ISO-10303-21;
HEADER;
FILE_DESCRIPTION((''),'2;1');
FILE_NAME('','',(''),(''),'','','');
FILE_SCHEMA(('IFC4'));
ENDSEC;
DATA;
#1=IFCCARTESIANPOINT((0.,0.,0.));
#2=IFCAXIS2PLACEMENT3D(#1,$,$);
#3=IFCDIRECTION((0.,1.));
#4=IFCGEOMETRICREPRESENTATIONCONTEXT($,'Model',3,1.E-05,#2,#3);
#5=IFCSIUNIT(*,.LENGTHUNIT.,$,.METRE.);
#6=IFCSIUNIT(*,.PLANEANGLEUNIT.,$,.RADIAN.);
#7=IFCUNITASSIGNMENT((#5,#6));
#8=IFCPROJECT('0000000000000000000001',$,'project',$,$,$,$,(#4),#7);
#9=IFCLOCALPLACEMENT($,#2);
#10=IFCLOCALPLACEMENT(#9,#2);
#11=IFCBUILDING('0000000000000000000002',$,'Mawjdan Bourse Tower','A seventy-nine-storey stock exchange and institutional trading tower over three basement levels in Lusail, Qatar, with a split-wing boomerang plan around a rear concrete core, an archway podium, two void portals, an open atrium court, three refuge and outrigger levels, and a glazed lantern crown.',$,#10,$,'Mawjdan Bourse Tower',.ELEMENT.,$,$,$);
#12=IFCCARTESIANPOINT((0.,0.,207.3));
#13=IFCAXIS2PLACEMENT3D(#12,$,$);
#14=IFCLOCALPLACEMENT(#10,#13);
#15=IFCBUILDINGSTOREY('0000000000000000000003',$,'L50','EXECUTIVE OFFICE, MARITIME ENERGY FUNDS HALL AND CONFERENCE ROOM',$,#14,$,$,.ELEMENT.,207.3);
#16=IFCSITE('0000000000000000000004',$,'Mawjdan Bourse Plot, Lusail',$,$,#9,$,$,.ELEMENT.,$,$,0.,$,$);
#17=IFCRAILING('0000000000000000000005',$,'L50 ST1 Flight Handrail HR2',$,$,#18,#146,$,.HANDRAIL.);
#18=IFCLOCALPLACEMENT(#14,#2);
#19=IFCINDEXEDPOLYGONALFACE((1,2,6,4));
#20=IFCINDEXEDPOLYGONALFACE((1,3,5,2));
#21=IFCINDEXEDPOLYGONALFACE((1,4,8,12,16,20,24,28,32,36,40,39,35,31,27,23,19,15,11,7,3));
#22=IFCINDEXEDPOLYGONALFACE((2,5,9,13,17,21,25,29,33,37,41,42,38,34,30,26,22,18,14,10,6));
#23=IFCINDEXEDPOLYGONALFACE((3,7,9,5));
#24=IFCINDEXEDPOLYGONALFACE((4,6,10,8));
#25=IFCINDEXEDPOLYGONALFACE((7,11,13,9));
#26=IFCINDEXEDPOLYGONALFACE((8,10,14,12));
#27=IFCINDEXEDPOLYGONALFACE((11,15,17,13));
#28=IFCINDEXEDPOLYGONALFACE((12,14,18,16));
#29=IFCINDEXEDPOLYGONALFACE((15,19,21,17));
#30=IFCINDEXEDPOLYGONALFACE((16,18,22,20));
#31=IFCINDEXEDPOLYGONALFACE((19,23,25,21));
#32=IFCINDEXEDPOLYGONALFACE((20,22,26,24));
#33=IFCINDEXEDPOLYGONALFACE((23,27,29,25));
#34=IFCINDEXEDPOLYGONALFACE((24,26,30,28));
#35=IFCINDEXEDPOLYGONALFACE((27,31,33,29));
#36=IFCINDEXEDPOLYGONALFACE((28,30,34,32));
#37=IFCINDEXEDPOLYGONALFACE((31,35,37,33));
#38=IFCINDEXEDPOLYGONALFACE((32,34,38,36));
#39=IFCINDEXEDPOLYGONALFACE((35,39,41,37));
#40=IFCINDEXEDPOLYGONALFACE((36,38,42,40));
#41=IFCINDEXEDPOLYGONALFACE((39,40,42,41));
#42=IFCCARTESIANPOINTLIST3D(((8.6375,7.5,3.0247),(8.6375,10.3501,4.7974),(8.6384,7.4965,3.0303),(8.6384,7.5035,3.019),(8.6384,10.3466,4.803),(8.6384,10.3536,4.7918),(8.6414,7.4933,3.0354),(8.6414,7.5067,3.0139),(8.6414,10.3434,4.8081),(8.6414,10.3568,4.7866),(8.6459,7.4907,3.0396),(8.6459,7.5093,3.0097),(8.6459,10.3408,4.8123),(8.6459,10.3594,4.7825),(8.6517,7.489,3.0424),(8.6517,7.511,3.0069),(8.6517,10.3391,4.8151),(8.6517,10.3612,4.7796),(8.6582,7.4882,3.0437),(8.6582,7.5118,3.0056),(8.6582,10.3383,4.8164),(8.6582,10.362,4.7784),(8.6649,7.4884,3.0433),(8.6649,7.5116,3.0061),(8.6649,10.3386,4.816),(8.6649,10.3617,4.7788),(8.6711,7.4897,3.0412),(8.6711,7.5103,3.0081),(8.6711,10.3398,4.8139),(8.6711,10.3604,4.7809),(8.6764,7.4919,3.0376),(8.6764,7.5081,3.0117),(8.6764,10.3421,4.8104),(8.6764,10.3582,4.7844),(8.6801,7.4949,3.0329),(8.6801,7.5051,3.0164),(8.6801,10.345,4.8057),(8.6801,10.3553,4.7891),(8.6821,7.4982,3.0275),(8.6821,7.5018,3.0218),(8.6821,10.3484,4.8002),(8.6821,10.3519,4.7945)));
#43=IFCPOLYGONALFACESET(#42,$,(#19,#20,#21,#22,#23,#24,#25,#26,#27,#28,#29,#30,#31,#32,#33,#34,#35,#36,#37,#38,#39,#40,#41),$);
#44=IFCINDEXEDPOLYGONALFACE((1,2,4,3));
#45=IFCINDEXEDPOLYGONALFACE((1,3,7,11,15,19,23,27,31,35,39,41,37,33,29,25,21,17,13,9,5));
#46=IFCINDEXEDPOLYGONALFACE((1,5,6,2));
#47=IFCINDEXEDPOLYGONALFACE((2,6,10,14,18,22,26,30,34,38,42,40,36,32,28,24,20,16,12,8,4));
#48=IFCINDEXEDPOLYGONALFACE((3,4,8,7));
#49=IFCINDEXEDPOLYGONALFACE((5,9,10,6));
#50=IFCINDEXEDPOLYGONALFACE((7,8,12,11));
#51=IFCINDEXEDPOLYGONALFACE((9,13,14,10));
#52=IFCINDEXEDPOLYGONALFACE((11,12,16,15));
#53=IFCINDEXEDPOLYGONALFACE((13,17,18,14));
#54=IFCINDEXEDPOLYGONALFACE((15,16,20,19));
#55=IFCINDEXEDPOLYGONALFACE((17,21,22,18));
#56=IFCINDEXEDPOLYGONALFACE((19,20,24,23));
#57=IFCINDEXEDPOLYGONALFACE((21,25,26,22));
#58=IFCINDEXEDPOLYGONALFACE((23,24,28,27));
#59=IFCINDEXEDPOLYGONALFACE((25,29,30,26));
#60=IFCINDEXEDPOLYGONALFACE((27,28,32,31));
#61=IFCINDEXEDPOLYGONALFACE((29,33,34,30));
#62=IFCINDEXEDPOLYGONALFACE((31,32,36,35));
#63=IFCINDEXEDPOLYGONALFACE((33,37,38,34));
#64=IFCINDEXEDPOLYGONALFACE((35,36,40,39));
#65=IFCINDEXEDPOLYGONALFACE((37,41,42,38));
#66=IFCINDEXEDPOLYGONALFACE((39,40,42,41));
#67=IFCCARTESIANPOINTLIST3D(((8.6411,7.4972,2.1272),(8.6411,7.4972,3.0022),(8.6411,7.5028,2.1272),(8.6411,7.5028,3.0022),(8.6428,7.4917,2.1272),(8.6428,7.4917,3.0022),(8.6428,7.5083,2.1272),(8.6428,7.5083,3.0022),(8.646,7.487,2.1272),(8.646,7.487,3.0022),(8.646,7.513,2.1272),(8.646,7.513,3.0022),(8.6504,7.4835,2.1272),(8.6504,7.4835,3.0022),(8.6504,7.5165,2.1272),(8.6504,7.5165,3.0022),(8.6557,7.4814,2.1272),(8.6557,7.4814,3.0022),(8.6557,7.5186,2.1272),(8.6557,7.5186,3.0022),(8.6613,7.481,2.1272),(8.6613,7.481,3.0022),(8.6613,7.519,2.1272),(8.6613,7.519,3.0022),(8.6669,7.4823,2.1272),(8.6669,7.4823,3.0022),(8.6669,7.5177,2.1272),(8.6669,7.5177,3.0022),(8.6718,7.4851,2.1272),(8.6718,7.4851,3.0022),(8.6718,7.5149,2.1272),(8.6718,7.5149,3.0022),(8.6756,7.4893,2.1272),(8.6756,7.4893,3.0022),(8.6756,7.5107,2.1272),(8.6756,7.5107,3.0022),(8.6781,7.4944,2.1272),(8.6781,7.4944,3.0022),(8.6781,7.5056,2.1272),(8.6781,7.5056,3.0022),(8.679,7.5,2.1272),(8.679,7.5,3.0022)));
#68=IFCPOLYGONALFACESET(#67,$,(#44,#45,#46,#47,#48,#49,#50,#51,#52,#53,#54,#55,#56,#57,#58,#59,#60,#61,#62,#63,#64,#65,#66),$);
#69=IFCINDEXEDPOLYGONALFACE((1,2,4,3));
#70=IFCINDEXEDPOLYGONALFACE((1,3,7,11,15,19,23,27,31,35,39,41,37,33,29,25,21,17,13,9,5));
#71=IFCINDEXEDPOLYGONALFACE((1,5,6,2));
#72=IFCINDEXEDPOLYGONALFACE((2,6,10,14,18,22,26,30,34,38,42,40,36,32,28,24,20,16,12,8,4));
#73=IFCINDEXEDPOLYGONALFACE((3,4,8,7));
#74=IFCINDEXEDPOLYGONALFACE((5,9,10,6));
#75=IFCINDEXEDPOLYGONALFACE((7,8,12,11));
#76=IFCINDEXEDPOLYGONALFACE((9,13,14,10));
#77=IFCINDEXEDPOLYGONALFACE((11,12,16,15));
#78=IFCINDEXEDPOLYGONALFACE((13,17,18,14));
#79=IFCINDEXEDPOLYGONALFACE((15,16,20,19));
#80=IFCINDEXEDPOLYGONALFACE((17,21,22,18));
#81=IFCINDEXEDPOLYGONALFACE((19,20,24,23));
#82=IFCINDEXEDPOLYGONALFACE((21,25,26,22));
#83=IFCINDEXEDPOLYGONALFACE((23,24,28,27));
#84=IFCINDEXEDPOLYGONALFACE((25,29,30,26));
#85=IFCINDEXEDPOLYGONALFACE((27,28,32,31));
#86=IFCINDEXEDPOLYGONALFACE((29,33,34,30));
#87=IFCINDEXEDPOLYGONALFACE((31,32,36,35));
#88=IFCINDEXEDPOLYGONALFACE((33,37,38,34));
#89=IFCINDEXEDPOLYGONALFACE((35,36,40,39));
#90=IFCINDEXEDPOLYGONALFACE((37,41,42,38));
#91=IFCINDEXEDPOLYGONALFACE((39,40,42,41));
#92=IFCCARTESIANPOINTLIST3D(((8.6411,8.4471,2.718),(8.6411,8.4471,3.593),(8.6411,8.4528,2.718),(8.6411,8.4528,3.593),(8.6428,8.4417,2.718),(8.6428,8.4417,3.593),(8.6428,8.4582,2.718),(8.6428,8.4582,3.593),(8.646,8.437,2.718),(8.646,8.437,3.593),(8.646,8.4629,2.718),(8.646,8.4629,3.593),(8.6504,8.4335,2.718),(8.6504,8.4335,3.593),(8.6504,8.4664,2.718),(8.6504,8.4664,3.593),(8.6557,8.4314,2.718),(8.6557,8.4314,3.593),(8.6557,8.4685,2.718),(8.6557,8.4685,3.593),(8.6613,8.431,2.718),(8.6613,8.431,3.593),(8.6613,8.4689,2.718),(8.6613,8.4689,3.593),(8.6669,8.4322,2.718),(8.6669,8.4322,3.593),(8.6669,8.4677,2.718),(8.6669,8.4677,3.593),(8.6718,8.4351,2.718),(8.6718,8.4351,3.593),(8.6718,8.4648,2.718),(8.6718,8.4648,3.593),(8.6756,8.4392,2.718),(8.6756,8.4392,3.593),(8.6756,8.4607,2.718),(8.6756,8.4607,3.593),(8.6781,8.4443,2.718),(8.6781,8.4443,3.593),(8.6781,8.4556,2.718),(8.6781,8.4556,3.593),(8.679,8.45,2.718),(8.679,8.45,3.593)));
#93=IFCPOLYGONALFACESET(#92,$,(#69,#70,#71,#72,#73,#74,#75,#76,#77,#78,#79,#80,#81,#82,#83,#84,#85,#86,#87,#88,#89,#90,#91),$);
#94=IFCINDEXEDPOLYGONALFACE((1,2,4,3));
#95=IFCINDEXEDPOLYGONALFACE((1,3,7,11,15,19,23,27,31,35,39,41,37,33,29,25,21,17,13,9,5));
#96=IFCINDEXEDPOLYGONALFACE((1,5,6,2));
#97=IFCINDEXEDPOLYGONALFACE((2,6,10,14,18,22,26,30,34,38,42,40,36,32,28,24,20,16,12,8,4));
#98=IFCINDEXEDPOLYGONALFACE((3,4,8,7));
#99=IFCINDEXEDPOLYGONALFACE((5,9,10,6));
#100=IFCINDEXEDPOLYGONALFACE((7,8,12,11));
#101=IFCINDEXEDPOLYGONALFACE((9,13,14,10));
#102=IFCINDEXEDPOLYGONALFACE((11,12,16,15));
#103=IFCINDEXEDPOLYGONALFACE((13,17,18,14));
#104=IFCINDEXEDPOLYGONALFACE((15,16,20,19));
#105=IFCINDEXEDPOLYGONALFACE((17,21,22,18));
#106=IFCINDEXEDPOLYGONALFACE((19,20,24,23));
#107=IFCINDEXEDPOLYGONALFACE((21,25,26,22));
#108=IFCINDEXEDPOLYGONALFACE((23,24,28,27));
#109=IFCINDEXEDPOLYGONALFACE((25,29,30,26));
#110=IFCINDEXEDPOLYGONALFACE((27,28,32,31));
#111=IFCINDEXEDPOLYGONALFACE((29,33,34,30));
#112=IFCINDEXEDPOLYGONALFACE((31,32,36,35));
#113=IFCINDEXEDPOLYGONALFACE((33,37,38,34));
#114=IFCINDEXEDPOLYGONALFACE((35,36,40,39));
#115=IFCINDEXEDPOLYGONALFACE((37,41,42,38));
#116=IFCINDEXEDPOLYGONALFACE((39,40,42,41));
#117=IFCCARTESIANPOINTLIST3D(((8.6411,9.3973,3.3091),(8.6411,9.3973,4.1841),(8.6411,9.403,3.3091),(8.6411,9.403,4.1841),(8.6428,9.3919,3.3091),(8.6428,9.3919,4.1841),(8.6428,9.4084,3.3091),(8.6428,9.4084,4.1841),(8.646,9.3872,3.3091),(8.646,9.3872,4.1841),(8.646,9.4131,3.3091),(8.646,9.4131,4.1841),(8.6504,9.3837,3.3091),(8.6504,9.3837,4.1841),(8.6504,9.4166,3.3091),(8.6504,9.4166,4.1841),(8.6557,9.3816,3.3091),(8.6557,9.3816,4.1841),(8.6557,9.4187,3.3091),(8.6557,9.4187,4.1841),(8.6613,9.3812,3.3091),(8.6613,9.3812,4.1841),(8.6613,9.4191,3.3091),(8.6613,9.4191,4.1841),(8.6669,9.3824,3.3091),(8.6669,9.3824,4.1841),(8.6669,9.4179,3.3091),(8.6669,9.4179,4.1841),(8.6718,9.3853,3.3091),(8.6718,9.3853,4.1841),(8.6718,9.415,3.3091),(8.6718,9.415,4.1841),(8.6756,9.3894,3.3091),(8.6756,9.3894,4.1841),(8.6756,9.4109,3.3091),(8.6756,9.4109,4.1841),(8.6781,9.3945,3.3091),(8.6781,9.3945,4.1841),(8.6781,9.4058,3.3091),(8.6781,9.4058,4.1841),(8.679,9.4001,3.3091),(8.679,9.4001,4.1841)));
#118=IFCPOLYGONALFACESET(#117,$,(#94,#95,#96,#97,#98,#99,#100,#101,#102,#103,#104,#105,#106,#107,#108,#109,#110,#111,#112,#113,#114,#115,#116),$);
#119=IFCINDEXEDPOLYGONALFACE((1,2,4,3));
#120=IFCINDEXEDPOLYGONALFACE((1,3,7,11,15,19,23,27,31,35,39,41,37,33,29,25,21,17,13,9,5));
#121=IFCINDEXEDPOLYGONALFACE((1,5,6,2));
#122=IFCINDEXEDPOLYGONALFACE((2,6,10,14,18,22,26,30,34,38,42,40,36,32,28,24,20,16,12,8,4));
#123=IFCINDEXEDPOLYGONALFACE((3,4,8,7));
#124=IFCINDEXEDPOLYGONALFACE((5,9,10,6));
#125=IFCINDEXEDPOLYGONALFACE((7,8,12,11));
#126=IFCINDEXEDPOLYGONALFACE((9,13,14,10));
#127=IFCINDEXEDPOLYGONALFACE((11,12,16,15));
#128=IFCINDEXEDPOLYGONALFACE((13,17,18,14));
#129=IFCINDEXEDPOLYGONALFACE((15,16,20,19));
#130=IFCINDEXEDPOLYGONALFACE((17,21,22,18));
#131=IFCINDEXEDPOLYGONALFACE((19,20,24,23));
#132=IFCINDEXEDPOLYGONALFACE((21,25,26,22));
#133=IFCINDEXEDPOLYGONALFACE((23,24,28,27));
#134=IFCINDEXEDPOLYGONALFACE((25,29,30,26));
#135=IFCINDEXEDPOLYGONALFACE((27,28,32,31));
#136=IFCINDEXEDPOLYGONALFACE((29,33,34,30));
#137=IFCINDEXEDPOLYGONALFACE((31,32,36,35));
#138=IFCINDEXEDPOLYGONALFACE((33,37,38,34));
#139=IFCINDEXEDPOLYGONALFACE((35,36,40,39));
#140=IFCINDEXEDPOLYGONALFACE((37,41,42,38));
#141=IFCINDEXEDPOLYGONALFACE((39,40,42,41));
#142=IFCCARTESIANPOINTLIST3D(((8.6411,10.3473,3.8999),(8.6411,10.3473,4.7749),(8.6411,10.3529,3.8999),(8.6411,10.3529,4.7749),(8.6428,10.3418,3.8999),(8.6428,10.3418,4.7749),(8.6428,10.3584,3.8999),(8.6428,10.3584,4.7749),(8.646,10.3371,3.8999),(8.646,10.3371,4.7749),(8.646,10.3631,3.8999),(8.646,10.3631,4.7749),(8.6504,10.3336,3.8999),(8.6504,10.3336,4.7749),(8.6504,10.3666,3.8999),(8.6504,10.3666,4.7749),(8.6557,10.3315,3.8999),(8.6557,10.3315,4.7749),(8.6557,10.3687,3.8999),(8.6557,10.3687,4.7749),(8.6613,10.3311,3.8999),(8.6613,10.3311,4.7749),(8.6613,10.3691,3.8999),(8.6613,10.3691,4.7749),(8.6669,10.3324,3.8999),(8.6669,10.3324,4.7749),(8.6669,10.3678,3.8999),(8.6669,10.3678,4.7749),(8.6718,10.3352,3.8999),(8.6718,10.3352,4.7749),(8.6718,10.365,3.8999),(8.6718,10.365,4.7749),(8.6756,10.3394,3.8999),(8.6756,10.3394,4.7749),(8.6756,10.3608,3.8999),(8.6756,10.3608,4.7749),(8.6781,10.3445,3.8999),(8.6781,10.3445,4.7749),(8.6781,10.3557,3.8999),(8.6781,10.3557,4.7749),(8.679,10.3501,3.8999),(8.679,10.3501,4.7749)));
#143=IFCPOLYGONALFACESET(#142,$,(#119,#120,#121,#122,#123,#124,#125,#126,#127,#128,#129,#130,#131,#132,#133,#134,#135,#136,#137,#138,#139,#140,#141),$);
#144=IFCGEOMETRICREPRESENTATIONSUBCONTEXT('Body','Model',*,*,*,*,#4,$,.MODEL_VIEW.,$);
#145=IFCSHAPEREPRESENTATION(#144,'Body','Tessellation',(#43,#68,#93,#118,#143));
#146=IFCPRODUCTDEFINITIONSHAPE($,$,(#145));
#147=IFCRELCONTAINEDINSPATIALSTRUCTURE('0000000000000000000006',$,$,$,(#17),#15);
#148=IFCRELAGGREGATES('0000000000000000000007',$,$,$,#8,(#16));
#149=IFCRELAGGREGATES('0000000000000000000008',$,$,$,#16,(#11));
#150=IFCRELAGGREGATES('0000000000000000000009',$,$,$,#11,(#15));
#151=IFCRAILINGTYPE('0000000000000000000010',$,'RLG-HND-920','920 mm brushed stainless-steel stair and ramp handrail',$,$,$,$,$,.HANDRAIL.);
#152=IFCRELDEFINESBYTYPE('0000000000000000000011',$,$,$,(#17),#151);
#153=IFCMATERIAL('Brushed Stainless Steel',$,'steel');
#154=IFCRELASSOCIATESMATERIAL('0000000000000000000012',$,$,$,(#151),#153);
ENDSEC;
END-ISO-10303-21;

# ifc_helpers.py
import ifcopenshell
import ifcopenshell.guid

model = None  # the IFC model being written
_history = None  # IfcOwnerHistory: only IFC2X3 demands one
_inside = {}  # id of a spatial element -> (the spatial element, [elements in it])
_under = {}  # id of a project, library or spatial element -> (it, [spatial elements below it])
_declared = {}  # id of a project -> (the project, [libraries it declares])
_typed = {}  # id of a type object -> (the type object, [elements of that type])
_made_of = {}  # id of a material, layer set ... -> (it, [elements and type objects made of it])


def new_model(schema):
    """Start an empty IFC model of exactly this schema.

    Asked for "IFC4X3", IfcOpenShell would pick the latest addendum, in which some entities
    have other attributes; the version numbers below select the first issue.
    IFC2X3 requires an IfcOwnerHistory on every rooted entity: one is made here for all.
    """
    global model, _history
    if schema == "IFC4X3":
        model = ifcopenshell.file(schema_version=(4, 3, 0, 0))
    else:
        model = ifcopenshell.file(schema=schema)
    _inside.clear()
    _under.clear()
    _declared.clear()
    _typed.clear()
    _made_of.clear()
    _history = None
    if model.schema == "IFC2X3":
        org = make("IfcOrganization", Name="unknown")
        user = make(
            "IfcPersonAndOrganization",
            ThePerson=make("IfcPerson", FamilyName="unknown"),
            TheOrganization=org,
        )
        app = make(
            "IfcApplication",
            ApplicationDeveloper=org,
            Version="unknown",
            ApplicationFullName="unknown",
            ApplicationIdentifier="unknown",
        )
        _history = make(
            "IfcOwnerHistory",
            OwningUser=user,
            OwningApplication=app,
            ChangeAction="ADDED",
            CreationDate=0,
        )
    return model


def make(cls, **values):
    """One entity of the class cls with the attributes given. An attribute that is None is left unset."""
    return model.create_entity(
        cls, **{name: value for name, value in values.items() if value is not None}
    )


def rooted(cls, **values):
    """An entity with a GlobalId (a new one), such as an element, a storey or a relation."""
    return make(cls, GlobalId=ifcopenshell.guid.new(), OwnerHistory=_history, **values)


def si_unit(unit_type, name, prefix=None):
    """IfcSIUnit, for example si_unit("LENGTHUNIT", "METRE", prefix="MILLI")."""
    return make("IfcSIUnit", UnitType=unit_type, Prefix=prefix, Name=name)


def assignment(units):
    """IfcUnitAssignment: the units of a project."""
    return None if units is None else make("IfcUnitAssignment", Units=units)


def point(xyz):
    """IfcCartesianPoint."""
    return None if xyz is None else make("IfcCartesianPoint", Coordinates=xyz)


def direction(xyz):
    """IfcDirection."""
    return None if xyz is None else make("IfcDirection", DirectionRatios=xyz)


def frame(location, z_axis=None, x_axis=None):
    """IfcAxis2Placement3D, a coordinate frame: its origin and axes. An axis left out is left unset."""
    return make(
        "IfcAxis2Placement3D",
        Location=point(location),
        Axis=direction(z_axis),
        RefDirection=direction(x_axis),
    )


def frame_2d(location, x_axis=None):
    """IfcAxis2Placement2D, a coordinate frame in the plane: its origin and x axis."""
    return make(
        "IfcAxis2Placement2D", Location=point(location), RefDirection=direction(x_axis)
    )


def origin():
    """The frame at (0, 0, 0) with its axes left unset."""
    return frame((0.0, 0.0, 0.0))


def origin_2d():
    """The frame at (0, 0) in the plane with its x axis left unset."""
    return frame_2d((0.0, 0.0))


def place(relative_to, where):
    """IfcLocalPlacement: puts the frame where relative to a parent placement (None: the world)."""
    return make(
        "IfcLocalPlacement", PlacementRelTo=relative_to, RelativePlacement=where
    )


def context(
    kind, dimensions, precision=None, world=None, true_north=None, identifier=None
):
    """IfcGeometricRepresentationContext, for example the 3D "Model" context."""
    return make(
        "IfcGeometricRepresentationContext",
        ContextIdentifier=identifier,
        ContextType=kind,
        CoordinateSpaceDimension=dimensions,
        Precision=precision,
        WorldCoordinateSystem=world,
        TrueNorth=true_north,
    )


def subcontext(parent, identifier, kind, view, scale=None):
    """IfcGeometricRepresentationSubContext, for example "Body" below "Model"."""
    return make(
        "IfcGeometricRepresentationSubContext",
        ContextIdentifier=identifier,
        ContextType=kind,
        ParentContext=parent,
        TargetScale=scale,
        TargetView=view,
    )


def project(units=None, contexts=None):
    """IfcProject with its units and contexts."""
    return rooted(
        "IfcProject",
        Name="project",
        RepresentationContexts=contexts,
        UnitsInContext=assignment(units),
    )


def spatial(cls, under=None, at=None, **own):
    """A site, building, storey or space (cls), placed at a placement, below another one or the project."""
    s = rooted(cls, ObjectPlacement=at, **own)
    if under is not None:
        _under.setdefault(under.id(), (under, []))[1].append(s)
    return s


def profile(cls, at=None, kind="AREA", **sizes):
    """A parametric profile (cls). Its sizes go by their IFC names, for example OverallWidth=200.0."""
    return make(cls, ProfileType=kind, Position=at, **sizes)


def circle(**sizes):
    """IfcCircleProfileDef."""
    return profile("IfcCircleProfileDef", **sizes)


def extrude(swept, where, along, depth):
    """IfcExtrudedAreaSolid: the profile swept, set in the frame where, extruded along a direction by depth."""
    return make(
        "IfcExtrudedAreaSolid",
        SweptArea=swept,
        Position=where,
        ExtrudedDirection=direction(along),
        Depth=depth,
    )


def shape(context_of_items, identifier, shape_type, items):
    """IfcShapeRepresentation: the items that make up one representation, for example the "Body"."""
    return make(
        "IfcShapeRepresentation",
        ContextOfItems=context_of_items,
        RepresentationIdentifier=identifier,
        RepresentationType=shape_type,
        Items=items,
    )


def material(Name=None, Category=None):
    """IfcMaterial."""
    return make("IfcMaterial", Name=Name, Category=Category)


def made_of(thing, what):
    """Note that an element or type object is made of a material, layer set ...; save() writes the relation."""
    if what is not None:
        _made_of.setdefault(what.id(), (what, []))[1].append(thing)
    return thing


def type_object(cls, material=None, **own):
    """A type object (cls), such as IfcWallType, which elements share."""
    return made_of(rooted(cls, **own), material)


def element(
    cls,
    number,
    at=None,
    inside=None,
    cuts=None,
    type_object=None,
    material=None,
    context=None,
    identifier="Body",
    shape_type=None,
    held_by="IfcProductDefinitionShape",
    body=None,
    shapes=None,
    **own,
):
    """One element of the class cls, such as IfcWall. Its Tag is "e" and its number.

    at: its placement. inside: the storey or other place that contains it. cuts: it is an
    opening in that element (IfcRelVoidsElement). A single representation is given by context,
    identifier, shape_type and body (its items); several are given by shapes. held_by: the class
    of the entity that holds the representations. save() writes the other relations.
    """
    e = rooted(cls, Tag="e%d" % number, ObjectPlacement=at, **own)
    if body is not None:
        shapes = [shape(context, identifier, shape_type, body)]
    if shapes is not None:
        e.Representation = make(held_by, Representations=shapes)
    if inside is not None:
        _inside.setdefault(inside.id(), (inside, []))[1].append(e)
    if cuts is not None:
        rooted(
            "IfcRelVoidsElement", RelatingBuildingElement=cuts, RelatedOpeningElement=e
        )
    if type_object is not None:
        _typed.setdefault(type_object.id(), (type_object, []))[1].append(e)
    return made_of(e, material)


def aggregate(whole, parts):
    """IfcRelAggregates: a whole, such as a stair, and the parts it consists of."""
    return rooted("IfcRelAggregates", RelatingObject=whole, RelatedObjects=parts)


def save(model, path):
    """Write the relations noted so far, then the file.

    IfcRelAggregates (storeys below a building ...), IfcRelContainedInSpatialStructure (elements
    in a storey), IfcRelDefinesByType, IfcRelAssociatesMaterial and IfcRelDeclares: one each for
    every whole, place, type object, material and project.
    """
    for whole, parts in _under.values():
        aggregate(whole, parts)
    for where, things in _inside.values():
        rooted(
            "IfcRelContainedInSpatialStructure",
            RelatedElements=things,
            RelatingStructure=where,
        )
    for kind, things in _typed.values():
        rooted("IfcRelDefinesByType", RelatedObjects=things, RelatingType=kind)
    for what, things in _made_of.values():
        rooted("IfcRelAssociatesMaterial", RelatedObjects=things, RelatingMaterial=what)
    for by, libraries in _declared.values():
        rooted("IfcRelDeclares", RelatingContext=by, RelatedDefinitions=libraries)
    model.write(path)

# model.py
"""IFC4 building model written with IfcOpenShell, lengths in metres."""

from ifc_helpers import new_model, si_unit, direction, frame, origin, origin_2d, place, context, subcontext, project, spatial, circle, extrude, material, type_object, element, save


model = new_model("IFC4")

# Units and contexts
model_context = context("Model", 3, precision=1e-05, world=origin(), true_north=direction((0.0, 1.0)))
body_context = subcontext(model_context, "Body", "Model", "MODEL_VIEW")
ifc_project = project(units=[si_unit("LENGTHUNIT", "METRE"), si_unit("PLANEANGLEUNIT", "RADIAN")], contexts=[model_context])

# Site, building, storey
site_placement = place(None, origin())
site = spatial("IfcSite", under=ifc_project, at=site_placement, Name="Mawjdan Bourse Plot, Lusail", CompositionType="ELEMENT", RefElevation=0.0)
building_placement = place(site_placement, origin())
building = spatial("IfcBuilding", under=site, at=building_placement, Name="Mawjdan Bourse Tower", Description="A seventy-nine-storey stock exchange and institutional trading tower over three basement levels in Lusail, Qatar, with a split-wing boomerang plan around a rear concrete core, an archway podium, two void portals, an open atrium court, three refuge and outrigger levels, and a glazed lantern crown.", LongName="Mawjdan Bourse Tower", CompositionType="ELEMENT")
storey_placement = place(building_placement, frame((0.0, 0.0, 207.3)))
storey = spatial("IfcBuildingStorey", under=building, at=storey_placement, Name="L50", Description="EXECUTIVE OFFICE, MARITIME ENERGY FUNDS HALL AND CONFERENCE ROOM", CompositionType="ELEMENT", Elevation=207.3)

# Railing
ifc_material_1 = material(Name="Brushed Stainless Steel", Category="steel")
railing_type_1 = type_object("IfcRailingType", Name="RLG-HND-920", Description="920 mm brushed stainless-steel stair and ramp handrail", PredefinedType="HANDRAIL", material=ifc_material_1)
for number, where, name in (
    (1, (8.6599, 7.5, 2.1272), "L50 ST1 Flight Handrail HR2"),
):
    element("IfcRailing", number, at=place(storey_placement, frame(where)), inside=storey, type_object=railing_type_1, Name=name, PredefinedType="HANDRAIL", context=body_context, shape_type="SweptSolid", body=[
        extrude(circle(Radius=0.0225, at=origin_2d()), frame((0.0, 0.0, 0.8975), z_axis=(0.0, 0.849149, 0.528154), x_axis=(-1.0, 0.0, 0.0)), (0.0, 0.0, 1.0), 3.3564),
        extrude(circle(Radius=0.019, at=origin_2d()), origin(), (0.0, 0.0, 1.0), 0.875),
        extrude(circle(Radius=0.019, at=origin_2d()), frame((0.0, 0.95, 0.5908)), (0.0, 0.0, 1.0), 0.875),
        extrude(circle(Radius=0.019, at=origin_2d()), frame((0.0, 1.9001, 1.1819)), (0.0, 0.0, 1.0), 0.875),
        extrude(circle(Radius=0.019, at=origin_2d()), frame((0.0, 2.8501, 1.7727)), (0.0, 0.0, 1.0), 0.875),
    ])

save(model, "model.ifc")
